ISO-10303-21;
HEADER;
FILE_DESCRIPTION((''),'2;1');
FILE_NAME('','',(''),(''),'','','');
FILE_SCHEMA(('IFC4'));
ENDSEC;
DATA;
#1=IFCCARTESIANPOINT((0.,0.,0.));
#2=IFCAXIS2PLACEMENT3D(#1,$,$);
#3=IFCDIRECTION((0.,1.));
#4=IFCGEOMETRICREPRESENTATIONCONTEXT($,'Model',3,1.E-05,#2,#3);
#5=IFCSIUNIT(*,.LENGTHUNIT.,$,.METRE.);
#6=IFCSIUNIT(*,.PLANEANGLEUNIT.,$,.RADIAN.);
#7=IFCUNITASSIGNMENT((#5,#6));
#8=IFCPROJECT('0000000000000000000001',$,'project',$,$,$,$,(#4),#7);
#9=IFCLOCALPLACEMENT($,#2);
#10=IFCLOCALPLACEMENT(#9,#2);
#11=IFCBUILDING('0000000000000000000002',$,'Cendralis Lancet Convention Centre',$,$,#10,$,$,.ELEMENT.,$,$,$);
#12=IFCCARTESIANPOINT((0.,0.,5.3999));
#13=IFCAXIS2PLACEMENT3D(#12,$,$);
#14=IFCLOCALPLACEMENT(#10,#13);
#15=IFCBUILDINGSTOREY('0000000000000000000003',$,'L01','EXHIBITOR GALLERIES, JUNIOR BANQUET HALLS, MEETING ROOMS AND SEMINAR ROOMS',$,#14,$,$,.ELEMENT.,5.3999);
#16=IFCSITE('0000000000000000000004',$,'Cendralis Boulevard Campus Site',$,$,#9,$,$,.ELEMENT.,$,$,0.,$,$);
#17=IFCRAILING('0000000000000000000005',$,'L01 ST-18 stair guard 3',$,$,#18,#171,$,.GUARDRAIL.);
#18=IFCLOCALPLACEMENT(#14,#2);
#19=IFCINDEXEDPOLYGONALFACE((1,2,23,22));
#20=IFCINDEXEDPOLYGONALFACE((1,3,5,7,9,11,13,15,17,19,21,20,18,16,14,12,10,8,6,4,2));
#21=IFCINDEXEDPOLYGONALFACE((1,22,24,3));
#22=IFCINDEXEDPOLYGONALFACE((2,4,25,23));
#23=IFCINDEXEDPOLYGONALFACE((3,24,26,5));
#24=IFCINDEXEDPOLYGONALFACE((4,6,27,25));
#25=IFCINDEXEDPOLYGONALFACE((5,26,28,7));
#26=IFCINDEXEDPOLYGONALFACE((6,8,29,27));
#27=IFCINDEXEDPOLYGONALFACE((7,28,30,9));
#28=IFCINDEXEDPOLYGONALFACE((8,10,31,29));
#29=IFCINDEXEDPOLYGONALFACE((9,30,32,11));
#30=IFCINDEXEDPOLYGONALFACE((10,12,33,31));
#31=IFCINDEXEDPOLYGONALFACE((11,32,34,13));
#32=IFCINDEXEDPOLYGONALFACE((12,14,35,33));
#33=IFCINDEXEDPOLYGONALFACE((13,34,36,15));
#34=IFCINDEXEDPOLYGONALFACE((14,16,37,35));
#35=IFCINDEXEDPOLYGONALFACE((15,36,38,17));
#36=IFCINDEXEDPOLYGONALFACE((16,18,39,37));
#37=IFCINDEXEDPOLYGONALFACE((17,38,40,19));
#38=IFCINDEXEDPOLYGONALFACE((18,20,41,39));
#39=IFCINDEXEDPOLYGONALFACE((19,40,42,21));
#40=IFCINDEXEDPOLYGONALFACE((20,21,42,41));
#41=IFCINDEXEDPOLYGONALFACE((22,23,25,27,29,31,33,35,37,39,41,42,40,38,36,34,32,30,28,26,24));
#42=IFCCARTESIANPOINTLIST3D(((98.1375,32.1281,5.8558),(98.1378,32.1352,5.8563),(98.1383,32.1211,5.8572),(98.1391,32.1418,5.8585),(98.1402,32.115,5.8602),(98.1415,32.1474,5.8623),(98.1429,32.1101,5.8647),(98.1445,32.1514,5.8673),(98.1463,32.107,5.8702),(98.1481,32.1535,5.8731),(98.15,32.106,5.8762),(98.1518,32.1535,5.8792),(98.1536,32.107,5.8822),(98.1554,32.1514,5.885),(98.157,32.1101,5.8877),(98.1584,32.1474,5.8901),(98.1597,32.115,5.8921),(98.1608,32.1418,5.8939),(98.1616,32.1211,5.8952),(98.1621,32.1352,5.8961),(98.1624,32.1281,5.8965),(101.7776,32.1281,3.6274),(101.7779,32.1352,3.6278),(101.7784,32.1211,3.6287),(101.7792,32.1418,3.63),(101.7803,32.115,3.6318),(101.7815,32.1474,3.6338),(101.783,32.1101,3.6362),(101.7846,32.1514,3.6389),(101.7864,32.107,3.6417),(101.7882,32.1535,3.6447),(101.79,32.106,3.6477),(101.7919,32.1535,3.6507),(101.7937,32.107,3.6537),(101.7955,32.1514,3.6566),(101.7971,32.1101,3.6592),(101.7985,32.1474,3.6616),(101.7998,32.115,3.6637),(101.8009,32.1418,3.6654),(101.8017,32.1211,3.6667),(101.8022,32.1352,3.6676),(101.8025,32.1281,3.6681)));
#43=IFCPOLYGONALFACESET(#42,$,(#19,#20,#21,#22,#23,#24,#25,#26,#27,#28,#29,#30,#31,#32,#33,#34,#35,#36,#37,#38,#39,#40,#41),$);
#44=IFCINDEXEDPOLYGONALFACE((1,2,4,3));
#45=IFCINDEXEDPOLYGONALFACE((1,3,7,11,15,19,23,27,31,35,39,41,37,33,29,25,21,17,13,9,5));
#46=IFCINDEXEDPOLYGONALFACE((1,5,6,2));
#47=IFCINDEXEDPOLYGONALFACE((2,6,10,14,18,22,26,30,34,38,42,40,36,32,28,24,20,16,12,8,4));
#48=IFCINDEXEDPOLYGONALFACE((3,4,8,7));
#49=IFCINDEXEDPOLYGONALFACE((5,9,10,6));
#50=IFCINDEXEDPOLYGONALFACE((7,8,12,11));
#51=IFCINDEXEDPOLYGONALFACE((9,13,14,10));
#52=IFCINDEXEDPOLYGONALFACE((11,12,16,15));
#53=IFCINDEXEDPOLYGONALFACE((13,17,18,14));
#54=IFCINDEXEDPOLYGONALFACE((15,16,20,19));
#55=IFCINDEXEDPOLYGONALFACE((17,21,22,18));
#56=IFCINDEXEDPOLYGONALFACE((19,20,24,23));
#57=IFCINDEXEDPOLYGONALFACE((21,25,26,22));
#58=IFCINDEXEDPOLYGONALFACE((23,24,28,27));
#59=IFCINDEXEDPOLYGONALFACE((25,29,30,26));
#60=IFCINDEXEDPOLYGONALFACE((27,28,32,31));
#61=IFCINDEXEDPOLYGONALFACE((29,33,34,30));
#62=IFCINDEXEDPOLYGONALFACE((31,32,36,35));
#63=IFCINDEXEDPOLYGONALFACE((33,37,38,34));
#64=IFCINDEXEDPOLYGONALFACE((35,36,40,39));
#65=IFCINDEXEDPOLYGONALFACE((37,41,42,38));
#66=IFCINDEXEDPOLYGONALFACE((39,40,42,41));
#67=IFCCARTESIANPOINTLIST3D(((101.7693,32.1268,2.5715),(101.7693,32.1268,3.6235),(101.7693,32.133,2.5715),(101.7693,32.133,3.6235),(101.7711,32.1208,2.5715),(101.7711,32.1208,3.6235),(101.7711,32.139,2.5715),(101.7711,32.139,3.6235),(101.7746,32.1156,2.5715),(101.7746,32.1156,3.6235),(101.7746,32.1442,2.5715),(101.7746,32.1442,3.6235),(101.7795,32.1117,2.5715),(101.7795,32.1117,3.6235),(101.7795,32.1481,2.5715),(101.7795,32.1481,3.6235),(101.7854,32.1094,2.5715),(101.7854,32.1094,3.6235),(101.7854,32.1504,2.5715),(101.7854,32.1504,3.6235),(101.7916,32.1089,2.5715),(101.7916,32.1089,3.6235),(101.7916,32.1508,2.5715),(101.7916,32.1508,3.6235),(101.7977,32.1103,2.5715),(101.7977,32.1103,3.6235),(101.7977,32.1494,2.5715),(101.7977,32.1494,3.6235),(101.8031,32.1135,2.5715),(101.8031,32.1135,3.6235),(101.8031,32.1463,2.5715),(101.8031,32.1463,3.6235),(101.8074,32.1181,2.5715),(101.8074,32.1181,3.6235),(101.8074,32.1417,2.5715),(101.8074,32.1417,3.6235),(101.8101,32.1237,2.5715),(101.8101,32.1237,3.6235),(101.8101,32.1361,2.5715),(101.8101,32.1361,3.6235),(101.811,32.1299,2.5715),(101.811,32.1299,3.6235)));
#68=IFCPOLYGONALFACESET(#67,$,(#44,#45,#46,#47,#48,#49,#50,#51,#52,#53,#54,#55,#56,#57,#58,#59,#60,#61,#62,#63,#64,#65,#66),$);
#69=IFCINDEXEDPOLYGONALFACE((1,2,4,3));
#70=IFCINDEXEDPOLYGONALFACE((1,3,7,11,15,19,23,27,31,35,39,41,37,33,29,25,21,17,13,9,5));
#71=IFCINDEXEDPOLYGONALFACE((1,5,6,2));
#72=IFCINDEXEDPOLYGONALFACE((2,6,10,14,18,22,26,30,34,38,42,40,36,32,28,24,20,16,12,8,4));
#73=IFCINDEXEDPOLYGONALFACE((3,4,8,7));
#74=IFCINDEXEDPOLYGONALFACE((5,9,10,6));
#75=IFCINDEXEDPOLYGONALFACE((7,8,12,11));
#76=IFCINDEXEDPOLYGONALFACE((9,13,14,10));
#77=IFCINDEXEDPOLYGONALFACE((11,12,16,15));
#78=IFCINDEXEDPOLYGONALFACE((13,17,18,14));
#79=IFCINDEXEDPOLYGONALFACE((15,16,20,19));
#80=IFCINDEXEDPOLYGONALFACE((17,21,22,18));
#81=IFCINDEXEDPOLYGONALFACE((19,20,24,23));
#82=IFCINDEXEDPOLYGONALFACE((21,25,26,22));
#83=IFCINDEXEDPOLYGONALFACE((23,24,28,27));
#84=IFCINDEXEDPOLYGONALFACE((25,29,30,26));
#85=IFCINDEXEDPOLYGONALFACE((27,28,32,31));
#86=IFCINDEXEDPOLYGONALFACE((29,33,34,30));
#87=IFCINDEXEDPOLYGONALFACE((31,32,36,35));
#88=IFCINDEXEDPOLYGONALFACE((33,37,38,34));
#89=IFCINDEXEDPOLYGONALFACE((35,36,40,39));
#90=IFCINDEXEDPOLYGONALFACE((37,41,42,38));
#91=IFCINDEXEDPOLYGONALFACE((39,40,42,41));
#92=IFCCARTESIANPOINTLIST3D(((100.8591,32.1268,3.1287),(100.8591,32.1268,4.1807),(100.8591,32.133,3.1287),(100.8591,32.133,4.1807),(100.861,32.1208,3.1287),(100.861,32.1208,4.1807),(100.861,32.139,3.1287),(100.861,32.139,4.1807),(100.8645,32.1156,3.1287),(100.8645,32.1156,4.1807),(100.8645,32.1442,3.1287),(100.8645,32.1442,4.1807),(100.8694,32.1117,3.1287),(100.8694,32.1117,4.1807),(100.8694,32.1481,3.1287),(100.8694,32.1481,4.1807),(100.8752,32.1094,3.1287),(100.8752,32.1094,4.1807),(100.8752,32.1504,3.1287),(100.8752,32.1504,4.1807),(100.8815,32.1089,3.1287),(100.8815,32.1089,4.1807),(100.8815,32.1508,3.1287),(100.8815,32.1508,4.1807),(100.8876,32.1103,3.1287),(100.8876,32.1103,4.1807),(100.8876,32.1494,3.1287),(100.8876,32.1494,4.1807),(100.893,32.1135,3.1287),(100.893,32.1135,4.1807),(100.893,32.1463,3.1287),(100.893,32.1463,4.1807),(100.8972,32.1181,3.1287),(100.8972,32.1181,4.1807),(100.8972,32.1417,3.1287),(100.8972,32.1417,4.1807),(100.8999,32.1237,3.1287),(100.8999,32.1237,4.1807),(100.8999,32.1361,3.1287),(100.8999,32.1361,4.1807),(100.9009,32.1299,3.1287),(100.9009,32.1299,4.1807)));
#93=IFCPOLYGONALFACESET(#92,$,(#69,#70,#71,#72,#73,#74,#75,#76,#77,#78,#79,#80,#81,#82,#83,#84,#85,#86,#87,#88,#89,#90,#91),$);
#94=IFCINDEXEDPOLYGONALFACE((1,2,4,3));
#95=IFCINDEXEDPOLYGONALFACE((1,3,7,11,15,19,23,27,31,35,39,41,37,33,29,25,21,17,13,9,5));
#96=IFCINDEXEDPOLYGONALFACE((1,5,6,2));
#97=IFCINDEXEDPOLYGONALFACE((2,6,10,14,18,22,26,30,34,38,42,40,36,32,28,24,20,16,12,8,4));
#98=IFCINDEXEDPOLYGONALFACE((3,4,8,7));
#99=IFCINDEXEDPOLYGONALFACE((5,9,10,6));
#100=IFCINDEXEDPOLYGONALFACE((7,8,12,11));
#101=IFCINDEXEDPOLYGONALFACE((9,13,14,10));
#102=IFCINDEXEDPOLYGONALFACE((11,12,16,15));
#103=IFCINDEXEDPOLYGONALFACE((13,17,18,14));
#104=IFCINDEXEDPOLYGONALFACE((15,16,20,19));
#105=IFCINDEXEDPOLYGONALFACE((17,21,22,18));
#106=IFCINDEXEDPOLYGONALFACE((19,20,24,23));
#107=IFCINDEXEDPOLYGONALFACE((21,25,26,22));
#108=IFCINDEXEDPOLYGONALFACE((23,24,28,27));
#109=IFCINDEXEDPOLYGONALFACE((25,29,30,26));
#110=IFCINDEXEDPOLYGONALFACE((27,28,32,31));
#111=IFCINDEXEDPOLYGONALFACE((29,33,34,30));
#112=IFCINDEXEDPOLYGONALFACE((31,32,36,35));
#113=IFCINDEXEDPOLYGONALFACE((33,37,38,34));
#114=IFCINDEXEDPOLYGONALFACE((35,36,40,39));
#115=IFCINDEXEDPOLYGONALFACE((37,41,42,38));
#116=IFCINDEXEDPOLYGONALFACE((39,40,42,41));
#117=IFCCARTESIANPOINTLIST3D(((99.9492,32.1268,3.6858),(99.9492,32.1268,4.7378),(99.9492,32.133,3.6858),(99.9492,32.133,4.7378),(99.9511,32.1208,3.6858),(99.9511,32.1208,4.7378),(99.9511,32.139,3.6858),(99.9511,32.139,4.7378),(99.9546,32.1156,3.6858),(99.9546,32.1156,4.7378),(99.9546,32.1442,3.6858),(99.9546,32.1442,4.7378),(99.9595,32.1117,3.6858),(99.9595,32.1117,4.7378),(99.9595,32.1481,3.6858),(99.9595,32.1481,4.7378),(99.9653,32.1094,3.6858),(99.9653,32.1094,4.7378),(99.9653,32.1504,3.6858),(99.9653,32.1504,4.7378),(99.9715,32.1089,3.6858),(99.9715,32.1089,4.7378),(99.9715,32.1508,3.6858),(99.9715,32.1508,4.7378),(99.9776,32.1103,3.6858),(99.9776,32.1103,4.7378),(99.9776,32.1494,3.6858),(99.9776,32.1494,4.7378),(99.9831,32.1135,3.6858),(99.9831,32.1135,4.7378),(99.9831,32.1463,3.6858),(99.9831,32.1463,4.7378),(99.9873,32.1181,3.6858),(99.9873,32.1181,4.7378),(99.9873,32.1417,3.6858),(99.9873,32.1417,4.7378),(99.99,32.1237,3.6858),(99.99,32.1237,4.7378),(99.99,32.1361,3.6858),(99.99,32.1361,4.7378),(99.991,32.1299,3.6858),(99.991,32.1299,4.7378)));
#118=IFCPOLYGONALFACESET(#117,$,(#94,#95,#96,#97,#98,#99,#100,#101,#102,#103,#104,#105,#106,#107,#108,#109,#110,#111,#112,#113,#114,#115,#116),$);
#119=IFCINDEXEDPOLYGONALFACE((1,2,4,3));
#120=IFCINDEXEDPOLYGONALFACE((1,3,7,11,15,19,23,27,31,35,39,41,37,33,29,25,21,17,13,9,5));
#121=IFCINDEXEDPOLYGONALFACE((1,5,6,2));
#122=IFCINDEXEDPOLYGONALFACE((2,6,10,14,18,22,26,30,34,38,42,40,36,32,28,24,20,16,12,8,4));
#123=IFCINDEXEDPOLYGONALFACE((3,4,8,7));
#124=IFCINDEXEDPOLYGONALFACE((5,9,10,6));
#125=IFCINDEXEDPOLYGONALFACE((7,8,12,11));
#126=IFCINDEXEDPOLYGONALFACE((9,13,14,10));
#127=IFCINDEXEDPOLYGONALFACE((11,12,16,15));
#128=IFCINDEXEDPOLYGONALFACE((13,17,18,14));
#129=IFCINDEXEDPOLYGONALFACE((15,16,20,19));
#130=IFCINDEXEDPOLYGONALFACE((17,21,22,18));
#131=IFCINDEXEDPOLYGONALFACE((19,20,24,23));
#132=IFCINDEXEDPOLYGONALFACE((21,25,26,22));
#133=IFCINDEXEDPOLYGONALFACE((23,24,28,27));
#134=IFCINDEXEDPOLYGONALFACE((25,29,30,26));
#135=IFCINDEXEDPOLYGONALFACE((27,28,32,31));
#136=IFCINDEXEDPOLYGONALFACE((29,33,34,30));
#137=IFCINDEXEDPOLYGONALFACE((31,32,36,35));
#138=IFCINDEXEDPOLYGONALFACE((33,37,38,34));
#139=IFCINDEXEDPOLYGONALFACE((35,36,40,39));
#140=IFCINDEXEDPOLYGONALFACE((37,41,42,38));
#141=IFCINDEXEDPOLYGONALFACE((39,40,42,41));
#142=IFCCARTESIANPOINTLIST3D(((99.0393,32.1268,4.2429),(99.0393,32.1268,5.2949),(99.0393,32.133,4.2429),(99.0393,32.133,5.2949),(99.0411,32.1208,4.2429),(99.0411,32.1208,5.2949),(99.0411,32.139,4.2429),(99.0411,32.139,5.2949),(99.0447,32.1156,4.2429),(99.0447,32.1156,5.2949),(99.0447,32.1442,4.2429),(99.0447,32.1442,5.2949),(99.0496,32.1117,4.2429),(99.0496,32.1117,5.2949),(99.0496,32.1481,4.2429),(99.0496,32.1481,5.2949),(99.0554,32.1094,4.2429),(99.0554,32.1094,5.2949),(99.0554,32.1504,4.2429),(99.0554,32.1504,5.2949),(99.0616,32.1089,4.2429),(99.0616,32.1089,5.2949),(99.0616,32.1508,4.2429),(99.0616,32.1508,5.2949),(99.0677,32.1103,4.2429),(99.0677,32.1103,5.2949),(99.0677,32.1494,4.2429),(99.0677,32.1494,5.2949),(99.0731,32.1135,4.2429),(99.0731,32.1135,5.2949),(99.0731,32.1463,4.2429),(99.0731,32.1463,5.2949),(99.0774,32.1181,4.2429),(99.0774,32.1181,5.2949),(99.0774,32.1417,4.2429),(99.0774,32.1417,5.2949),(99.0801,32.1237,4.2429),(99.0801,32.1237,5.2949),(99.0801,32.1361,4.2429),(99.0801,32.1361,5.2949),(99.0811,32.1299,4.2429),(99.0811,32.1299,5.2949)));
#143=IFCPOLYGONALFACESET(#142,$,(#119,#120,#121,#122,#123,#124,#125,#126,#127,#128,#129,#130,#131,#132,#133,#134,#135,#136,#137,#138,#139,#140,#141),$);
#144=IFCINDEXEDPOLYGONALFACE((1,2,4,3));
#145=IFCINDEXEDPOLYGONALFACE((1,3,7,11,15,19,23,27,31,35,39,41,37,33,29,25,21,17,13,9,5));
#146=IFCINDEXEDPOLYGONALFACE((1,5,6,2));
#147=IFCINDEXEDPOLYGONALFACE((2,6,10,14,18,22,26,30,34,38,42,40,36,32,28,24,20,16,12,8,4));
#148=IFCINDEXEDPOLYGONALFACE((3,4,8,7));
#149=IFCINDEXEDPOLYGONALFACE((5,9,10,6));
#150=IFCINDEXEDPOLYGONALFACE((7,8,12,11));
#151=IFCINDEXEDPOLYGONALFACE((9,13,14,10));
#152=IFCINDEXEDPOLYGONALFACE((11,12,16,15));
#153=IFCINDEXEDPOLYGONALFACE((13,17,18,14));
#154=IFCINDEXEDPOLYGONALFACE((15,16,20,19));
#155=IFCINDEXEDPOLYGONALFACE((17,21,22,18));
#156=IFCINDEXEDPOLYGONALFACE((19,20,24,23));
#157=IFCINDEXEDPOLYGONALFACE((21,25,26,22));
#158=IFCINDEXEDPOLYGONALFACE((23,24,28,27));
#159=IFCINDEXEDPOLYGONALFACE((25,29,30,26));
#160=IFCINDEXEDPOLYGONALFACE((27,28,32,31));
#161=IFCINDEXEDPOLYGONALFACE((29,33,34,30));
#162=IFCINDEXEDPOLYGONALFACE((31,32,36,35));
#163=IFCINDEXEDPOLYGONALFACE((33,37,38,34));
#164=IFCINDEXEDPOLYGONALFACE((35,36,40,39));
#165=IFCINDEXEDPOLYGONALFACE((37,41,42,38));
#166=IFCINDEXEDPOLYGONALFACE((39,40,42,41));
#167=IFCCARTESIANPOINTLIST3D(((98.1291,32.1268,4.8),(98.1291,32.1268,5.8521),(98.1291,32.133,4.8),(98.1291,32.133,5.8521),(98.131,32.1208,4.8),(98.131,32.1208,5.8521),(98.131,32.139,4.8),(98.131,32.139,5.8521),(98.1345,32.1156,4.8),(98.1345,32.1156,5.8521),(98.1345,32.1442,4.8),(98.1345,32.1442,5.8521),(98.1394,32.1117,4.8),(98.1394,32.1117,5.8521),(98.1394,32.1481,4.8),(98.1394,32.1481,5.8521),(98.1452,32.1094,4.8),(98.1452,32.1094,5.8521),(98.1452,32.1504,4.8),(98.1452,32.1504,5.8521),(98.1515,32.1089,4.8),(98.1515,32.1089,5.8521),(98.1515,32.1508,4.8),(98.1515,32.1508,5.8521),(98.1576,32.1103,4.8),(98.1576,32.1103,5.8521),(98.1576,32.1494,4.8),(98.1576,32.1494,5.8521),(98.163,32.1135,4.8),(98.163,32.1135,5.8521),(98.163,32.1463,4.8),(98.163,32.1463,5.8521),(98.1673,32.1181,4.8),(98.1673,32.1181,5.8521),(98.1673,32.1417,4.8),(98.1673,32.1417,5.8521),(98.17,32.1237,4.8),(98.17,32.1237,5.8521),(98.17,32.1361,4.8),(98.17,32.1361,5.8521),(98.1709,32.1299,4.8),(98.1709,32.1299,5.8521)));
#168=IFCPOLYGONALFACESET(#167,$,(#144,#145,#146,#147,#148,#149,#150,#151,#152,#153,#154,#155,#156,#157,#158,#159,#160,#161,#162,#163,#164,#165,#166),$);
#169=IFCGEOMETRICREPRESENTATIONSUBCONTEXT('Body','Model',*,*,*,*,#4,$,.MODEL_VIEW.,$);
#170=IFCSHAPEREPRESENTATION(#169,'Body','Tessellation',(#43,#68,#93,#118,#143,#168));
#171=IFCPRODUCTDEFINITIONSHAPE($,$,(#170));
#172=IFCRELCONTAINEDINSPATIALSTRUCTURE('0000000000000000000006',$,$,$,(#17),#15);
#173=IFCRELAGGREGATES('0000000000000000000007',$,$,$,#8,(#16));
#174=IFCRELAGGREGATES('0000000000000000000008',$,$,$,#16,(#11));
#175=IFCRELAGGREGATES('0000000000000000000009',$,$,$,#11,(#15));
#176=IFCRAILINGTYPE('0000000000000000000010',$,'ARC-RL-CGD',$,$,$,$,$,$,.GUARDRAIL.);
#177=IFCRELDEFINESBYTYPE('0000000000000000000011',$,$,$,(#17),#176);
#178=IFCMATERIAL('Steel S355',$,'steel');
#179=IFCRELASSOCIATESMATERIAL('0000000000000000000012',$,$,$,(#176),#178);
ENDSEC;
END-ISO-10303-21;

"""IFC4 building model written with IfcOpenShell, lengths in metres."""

from ifc_helpers import new_model, si_unit, direction, frame, origin, origin_2d, place, context, subcontext, project, spatial, circle, extrude, material, type_object, element, save


model = new_model("IFC4")

# Units and contexts
model_context = context("Model", 3, precision=1e-05, world=origin(), true_north=direction((0.0, 1.0)))
body_context = subcontext(model_context, "Body", "Model", "MODEL_VIEW")
ifc_project = project(units=[si_unit("LENGTHUNIT", "METRE"), si_unit("PLANEANGLEUNIT", "RADIAN")], contexts=[model_context])

# Site, building, storey
site_placement = place(None, origin())
site = spatial("IfcSite", under=ifc_project, at=site_placement, Name="Cendralis Boulevard Campus Site", CompositionType="ELEMENT", RefElevation=0.0)
building_placement = place(site_placement, origin())
building = spatial("IfcBuilding", under=site, at=building_placement, Name="Cendralis Lancet Convention Centre", CompositionType="ELEMENT")
storey_placement = place(building_placement, frame((0.0, 0.0, 5.3999)))
storey = spatial("IfcBuildingStorey", under=building, at=storey_placement, Name="L01", Description="EXHIBITOR GALLERIES, JUNIOR BANQUET HALLS, MEETING ROOMS AND SEMINAR ROOMS", CompositionType="ELEMENT", Elevation=5.3999)

# Shared definitions
ifc_material_1 = material(Name="Steel S355", Category="steel")

# Railing
railing_type_1 = type_object("IfcRailingType", Name="ARC-RL-CGD", PredefinedType="GUARDRAIL", material=ifc_material_1)
railing_1_placement = place(storey_placement, frame((101.79, 32.1299, 2.5715)))
element("IfcRailing", 1, at=railing_1_placement, inside=storey, type_object=railing_type_1, Name="L01 ST-18 stair guard 3", PredefinedType="GUARDRAIL", context=body_context, shape_type="SweptSolid", body=[
    extrude(circle(Radius=0.0239, at=origin_2d()), frame((0.0, 0.0, 1.0762), z_axis=(-0.852866, 0.0, 0.52213), x_axis=(0.0, -1.0, 0.0)), (0.0, 0.0, 1.0), 4.2681),
    extrude(circle(Radius=0.021, at=origin_2d()), origin(), (0.0, 0.0, 1.0), 1.052),
    extrude(circle(Radius=0.021, at=origin_2d()), frame((-0.9102, 0.0, 0.5571)), (0.0, 0.0, 1.0), 1.052),
    extrude(circle(Radius=0.021, at=origin_2d()), frame((-1.8201, 0.0, 1.1143)), (0.0, 0.0, 1.0), 1.052),
    extrude(circle(Radius=0.021, at=origin_2d()), frame((-2.73, 0.0, 1.6714)), (0.0, 0.0, 1.0), 1.052),
    extrude(circle(Radius=0.021, at=origin_2d()), frame((-3.6401, 0.0, 2.2285)), (0.0, 0.0, 1.0), 1.052),
])

save(model, "model.ifc")
